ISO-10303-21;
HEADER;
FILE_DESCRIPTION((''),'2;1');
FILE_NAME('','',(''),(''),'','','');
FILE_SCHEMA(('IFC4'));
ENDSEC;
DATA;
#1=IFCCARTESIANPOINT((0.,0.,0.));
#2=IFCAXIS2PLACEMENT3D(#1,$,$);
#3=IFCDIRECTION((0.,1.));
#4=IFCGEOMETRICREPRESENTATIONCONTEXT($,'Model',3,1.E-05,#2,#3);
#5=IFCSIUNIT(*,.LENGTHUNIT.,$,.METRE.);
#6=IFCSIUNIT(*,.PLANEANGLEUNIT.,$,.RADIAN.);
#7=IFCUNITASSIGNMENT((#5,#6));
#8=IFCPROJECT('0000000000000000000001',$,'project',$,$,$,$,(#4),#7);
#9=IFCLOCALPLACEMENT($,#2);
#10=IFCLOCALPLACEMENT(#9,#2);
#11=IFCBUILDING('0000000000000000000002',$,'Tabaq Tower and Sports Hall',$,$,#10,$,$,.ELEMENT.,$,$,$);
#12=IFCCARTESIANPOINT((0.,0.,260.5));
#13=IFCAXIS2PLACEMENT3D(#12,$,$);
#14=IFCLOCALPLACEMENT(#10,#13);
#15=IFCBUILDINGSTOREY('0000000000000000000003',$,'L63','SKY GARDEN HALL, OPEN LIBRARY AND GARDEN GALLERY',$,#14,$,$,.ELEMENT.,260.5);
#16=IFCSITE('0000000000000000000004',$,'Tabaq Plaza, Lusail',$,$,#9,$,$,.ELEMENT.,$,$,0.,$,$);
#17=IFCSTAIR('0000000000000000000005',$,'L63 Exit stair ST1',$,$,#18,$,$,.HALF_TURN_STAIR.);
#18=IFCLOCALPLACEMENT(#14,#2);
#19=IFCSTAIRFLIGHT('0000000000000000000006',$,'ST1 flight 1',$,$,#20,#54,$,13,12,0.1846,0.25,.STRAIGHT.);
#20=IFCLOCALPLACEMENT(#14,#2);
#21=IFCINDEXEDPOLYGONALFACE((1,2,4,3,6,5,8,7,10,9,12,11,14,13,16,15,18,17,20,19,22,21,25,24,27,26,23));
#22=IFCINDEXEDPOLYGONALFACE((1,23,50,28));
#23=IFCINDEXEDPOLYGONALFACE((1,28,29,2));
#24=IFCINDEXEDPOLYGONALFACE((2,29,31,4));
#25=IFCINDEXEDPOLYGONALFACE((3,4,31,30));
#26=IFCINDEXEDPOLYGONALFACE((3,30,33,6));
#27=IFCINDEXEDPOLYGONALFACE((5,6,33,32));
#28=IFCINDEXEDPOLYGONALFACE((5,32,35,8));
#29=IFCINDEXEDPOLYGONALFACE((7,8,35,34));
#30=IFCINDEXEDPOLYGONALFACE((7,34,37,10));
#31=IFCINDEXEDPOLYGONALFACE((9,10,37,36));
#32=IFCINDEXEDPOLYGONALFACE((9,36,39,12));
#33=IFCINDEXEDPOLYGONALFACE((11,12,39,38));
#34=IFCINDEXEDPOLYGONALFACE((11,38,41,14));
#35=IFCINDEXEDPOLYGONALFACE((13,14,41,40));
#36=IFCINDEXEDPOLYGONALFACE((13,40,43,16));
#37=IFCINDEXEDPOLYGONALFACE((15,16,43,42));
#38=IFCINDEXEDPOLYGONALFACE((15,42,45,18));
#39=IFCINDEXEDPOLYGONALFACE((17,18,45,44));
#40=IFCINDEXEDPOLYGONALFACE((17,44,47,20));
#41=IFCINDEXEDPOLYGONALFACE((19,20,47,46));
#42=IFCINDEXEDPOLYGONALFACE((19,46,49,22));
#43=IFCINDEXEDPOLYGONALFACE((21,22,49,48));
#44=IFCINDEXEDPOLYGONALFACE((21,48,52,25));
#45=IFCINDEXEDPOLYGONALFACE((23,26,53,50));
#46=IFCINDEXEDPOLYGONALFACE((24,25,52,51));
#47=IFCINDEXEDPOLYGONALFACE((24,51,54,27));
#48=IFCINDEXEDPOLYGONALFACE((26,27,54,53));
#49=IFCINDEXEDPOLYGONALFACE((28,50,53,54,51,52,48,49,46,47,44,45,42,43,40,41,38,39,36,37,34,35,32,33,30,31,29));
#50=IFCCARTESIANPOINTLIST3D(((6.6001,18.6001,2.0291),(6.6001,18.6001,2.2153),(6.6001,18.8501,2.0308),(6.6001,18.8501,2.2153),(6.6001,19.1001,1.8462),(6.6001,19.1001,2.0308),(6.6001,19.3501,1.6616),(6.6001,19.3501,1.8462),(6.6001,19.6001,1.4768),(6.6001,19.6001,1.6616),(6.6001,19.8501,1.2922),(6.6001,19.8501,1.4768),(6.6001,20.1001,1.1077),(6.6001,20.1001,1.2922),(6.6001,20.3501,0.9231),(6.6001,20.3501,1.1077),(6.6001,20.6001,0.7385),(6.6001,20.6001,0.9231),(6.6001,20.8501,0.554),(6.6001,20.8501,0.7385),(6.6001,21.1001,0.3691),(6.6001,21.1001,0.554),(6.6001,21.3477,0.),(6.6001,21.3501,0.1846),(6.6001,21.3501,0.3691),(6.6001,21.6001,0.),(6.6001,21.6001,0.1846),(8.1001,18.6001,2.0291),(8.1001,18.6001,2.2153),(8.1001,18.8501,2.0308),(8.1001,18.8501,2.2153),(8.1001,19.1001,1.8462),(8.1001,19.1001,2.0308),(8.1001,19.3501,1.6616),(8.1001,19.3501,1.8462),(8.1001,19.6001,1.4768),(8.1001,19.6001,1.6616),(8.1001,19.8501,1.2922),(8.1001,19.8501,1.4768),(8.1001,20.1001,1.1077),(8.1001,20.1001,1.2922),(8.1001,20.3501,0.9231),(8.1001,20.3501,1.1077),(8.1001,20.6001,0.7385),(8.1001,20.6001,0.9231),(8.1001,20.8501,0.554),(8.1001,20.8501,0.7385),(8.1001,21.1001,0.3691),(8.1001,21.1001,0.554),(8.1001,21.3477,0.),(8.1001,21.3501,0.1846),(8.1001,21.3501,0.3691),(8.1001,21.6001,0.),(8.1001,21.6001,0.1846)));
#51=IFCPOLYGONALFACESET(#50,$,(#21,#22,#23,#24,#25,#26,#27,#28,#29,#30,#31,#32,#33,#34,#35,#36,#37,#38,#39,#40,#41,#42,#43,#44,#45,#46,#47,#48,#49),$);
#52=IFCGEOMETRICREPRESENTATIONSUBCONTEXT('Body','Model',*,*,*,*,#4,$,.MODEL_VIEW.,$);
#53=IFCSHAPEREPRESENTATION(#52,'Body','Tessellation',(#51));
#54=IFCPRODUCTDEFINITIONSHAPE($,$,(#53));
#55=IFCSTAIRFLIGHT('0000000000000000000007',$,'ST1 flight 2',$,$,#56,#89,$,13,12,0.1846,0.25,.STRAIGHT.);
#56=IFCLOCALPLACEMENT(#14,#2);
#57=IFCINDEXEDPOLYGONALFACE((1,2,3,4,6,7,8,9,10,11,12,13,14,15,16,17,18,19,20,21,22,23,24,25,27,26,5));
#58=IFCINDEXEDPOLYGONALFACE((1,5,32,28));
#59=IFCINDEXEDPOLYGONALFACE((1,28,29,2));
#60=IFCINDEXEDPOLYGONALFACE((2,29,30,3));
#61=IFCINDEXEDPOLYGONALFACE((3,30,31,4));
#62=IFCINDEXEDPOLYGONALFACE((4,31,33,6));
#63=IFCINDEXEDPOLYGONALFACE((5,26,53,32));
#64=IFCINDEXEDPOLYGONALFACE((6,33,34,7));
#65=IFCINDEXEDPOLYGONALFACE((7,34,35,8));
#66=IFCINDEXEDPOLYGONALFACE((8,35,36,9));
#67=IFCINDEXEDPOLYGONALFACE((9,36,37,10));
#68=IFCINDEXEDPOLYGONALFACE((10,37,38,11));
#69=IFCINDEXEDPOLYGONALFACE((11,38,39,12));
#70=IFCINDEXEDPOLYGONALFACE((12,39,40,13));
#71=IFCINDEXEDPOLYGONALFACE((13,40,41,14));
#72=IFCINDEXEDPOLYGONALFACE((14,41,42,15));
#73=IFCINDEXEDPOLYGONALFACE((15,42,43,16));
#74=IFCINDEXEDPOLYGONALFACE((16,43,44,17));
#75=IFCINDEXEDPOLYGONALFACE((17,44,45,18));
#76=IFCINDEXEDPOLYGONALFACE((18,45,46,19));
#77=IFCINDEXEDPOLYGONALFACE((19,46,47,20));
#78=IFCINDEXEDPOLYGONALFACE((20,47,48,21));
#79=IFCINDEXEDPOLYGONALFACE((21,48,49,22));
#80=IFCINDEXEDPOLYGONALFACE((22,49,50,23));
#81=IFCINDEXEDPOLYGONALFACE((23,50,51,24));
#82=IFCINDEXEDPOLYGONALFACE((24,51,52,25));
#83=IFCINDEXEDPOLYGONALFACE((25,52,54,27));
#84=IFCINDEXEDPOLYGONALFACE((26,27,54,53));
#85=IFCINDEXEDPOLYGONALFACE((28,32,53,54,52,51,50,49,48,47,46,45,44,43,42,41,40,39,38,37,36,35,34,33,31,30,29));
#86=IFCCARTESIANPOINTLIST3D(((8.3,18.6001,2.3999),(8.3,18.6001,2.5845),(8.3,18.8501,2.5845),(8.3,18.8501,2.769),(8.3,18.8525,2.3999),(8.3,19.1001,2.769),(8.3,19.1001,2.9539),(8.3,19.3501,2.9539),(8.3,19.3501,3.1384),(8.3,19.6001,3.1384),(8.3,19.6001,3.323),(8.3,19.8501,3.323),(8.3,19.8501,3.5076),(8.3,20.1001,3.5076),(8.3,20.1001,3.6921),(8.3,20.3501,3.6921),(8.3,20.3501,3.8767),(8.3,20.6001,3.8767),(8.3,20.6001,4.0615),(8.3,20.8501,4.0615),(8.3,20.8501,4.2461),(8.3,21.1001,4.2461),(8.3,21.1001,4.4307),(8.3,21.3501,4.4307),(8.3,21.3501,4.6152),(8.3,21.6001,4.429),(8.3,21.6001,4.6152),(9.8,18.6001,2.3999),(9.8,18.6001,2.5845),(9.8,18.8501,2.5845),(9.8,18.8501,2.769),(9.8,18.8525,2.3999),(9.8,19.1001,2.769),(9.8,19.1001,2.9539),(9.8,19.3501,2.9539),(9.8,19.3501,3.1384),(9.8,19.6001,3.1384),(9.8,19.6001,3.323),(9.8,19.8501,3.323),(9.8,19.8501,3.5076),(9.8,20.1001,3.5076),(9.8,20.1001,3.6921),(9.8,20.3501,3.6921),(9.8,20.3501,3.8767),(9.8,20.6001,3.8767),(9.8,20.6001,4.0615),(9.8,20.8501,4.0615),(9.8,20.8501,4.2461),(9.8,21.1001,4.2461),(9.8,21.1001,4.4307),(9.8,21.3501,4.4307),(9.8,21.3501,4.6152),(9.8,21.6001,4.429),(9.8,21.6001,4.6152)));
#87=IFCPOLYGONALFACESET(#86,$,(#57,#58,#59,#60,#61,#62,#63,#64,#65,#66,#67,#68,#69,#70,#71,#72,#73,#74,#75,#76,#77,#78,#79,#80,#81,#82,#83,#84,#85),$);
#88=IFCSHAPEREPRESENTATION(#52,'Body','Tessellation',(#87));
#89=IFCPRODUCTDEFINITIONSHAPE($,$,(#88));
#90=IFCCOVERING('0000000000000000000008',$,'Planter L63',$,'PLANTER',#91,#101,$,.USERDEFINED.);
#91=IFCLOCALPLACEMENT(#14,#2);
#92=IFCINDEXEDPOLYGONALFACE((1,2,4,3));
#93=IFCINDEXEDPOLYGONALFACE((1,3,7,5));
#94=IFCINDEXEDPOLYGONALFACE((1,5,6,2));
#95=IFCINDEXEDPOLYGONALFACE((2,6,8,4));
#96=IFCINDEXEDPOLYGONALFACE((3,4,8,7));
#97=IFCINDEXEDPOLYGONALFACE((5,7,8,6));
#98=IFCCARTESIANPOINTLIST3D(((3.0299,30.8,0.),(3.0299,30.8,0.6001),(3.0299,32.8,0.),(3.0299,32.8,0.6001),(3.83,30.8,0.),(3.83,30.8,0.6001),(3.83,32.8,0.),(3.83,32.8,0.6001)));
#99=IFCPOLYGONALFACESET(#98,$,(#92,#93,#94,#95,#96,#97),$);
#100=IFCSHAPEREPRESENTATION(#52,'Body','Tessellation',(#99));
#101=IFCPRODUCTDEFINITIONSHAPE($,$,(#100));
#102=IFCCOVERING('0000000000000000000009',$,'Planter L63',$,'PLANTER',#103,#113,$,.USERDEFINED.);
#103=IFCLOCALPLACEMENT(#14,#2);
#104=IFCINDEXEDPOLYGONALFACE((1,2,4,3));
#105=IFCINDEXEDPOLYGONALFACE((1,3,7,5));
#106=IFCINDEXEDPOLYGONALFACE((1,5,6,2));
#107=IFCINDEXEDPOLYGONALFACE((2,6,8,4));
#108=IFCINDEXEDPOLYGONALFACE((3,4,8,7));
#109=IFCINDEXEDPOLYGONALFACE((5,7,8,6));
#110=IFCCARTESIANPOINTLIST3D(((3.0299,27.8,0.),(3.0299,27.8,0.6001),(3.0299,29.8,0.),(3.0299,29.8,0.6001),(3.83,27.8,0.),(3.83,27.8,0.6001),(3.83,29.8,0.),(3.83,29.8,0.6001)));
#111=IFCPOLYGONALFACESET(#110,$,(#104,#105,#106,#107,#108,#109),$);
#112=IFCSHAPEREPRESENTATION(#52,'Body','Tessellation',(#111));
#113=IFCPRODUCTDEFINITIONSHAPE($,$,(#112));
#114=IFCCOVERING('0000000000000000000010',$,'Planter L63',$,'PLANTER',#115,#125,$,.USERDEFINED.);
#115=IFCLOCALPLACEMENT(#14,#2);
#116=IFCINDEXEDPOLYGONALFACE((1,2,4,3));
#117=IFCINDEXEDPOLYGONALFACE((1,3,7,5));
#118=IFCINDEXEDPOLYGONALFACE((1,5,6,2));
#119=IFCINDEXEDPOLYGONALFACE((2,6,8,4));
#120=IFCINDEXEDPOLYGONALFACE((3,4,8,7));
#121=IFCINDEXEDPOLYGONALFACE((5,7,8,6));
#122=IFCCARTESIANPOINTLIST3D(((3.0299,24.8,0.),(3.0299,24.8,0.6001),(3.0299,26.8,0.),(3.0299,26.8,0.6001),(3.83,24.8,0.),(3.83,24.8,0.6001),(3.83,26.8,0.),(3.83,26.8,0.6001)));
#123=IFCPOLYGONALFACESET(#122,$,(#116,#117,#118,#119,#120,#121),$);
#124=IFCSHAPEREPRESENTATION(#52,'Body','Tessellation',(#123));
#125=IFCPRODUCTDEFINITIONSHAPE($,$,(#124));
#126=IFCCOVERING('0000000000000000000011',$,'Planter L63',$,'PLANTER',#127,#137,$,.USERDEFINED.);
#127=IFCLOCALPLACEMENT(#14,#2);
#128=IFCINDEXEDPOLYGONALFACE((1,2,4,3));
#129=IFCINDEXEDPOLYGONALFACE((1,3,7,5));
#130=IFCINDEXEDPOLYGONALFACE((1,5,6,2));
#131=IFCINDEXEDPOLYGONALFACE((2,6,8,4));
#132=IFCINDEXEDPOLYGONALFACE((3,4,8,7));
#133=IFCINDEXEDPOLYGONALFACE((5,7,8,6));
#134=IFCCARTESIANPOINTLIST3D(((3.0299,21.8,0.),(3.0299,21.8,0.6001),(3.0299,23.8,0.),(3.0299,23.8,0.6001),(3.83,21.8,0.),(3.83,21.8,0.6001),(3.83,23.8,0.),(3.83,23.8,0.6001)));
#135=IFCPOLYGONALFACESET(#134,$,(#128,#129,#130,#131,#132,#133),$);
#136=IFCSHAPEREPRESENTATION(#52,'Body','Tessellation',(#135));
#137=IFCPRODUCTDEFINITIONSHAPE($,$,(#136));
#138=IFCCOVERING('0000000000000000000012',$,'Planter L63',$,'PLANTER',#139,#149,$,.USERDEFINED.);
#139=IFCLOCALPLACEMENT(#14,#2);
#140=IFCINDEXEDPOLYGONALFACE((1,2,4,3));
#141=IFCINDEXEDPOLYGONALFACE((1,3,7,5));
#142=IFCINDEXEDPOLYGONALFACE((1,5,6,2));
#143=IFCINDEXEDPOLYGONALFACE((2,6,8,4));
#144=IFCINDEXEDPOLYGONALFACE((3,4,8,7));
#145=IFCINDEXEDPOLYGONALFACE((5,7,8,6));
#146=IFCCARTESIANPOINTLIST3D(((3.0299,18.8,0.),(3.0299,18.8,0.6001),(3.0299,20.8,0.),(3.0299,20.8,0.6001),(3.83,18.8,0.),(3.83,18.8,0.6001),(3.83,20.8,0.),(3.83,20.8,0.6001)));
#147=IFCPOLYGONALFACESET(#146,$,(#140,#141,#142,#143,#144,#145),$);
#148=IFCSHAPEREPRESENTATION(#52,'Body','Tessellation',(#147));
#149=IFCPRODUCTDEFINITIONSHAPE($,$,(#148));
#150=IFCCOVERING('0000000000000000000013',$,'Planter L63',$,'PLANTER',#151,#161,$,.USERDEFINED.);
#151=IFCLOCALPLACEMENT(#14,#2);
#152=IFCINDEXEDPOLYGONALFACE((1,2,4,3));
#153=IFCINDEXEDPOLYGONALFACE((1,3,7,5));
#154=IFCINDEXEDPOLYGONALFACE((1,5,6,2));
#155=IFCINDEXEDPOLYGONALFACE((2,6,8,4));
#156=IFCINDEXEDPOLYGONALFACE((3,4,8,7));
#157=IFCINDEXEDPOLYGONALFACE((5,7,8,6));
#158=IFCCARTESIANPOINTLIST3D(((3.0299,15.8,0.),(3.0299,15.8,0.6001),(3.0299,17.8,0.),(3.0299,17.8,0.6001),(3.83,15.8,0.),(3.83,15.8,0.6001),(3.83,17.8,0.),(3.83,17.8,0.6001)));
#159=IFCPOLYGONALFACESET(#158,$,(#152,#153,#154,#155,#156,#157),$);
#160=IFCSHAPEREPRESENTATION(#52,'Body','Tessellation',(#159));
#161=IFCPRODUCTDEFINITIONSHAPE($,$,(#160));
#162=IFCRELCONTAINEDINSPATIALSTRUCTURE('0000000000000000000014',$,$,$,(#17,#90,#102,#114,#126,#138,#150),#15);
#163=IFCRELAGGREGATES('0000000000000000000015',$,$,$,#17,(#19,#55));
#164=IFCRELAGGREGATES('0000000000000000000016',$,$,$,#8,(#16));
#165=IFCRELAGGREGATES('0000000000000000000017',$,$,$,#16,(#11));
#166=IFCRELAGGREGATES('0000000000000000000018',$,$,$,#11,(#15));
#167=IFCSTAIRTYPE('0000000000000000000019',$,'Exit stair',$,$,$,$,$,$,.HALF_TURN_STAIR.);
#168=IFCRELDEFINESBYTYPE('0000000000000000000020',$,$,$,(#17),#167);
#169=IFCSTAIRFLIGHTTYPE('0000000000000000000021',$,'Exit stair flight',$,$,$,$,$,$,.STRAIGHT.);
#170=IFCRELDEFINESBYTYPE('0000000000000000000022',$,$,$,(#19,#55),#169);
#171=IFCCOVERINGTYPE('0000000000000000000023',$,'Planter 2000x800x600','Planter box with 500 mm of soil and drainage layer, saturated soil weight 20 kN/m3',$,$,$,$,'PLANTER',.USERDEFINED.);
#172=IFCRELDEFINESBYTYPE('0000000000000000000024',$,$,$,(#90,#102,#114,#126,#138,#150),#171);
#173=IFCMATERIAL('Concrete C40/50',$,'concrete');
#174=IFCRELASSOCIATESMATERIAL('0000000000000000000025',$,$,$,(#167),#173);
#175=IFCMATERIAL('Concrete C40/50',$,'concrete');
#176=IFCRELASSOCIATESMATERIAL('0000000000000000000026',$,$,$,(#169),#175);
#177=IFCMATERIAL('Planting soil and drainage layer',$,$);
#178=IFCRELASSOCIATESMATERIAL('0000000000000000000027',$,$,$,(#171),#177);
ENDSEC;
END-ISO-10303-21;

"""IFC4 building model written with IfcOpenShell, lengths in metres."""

from ifc_helpers import new_model, si_unit, direction, frame, origin, origin_2d, place, context, subcontext, project, spatial, polyline, rectangle, outline, extrude, material, type_object, element, aggregate, save


model = new_model("IFC4")

# Units and contexts
model_context = context("Model", 3, precision=1e-05, world=origin(), true_north=direction((0.0, 1.0)))
body_context = subcontext(model_context, "Body", "Model", "MODEL_VIEW")
ifc_project = project(units=[si_unit("LENGTHUNIT", "METRE"), si_unit("PLANEANGLEUNIT", "RADIAN")], contexts=[model_context])

# Site, building, storey
site_placement = place(None, origin())
site = spatial("IfcSite", under=ifc_project, at=site_placement, Name="Tabaq Plaza, Lusail", CompositionType="ELEMENT", RefElevation=0.0)
building_placement = place(site_placement, origin())
building = spatial("IfcBuilding", under=site, at=building_placement, Name="Tabaq Tower and Sports Hall", CompositionType="ELEMENT")
storey_placement = place(building_placement, frame((0.0, 0.0, 260.5)))
storey = spatial("IfcBuildingStorey", under=building, at=storey_placement, Name="L63", Description="SKY GARDEN HALL, OPEN LIBRARY AND GARDEN GALLERY", CompositionType="ELEMENT", Elevation=260.5)

# Stair, stair flights
ifc_material_1 = material(Name="Concrete C40/50", Category="concrete")
stair_type = type_object("IfcStairType", Name="Exit stair", PredefinedType="HALF_TURN_STAIR", material=ifc_material_1)
stair_placement = place(storey_placement, origin())
stair = element("IfcStair", 1, at=stair_placement, inside=storey, type_object=stair_type, Name="L63 Exit stair ST1", PredefinedType="HALF_TURN_STAIR")
ifc_material_2 = material(Name="Concrete C40/50", Category="concrete")
stair_flight_type = type_object("IfcStairFlightType", Name="Exit stair flight", PredefinedType="STRAIGHT", material=ifc_material_2)
stair_flight_1_placement = place(storey_placement, frame((7.3501, 21.6001, 0.0), z_axis=(0.0, 0.0, 1.0), x_axis=(0.0, -1.0, 0.0)))
stair_flight_1 = element("IfcStairFlight", 2, at=stair_flight_1_placement, type_object=stair_flight_type, Name="ST1 flight 1", NumberOfRisers=13, NumberOfTreads=12, PredefinedType="STRAIGHT", RiserHeight=0.1846, TreadLength=0.25, context=body_context, shape_type="SweptSolid", body=[
    extrude(outline(polyline([(0.0, 0.0), (0.0, 0.1846), (0.25, 0.1846), (0.25, 0.3691), (0.5, 0.3691), (0.5, 0.554), (0.75, 0.554), (0.75, 0.7385), (1.0, 0.7385), (1.0, 0.9231), (1.25, 0.9231), (1.25, 1.1077), (1.5, 1.1077), (1.5, 1.2922), (1.75, 1.2922), (1.75, 1.4768), (2.0, 1.4768), (2.0, 1.6616), (2.25, 1.6616), (2.25, 1.8462), (2.5, 1.8462), (2.5, 2.0308), (2.75, 2.0308), (2.75, 2.2153), (3.0, 2.2153), (3.0, 2.3999), (3.0, 2.0291), (0.2524, 0.0), (0.0, 0.0)])), frame((0.0, 0.75, 0.0), z_axis=(0.0, -1.0, 0.0), x_axis=(1.0, 0.0, 0.0)), (0.0, 0.0, 1.0), 1.5),
])
stair_flight_2_placement = place(storey_placement, frame((9.05, 18.6001, 2.3999), z_axis=(0.0, 0.0, 1.0), x_axis=(0.0, 1.0, 0.0)))
stair_flight_2 = element("IfcStairFlight", 3, at=stair_flight_2_placement, type_object=stair_flight_type, Name="ST1 flight 2", NumberOfRisers=13, NumberOfTreads=12, PredefinedType="STRAIGHT", RiserHeight=0.1846, TreadLength=0.25, context=body_context, shape_type="SweptSolid", body=[
    extrude(outline(polyline([(0.0, 0.0), (0.0, 0.1846), (0.25, 0.1846), (0.25, 0.3691), (0.5, 0.3691), (0.5, 0.554), (0.75, 0.554), (0.75, 0.7385), (1.0, 0.7385), (1.0, 0.9231), (1.25, 0.9231), (1.25, 1.1077), (1.5, 1.1077), (1.5, 1.2922), (1.75, 1.2922), (1.75, 1.4768), (2.0, 1.4768), (2.0, 1.6616), (2.25, 1.6616), (2.25, 1.8462), (2.5, 1.8462), (2.5, 2.0308), (2.75, 2.0308), (2.75, 2.2153), (3.0, 2.2153), (3.0, 2.3999), (3.0, 2.0291), (0.2524, 0.0), (0.0, 0.0)])), frame((0.0, 0.75, 0.0), z_axis=(0.0, -1.0, 0.0), x_axis=(1.0, 0.0, 0.0)), (0.0, 0.0, 1.0), 1.5),
])
aggregate(stair, [stair_flight_1, stair_flight_2])

# Coverings
ifc_material_3 = material(Name="Planting soil and drainage layer")
covering_type_1 = type_object("IfcCoveringType", Name="Planter 2000x800x600", Description="Planter box with 500 mm of soil and drainage layer, saturated soil weight 20 kN/m3", ElementType="PLANTER", PredefinedType="USERDEFINED", material=ifc_material_3)
for number, where, z_axis, x_axis, name in (
    (4, (3.4299, 31.8, 0.0), (0.0, 0.0, 1.0), (0.0, -1.0, 0.0), "Planter L63"),
    (5, (3.4299, 28.8, 0.0), (0.0, 0.0, 1.0), (0.0, -1.0, 0.0), "Planter L63"),
    (6, (3.4299, 25.8, 0.0), (0.0, 0.0, 1.0), (0.0, -1.0, 0.0), "Planter L63"),
    (7, (3.4299, 22.8, 0.0), (0.0, 0.0, 1.0), (0.0, -1.0, 0.0), "Planter L63"),
    (8, (3.4299, 19.8, 0.0), (0.0, 0.0, 1.0), (0.0, -1.0, 0.0), "Planter L63"),
    (9, (3.4299, 16.8, 0.0), (0.0, 0.0, 1.0), (0.0, -1.0, 0.0), "Planter L63"),
):
    element("IfcCovering", number, at=place(storey_placement, frame(where, z_axis=z_axis, x_axis=x_axis)), inside=storey, type_object=covering_type_1, Name=name, ObjectType="PLANTER", PredefinedType="USERDEFINED", context=body_context, shape_type="SweptSolid", body=[
        extrude(rectangle(XDim=2.0, YDim=0.8, at=origin_2d()), origin(), (0.0, 0.0, 1.0), 0.6001),
    ])

save(model, "model.ifc")
